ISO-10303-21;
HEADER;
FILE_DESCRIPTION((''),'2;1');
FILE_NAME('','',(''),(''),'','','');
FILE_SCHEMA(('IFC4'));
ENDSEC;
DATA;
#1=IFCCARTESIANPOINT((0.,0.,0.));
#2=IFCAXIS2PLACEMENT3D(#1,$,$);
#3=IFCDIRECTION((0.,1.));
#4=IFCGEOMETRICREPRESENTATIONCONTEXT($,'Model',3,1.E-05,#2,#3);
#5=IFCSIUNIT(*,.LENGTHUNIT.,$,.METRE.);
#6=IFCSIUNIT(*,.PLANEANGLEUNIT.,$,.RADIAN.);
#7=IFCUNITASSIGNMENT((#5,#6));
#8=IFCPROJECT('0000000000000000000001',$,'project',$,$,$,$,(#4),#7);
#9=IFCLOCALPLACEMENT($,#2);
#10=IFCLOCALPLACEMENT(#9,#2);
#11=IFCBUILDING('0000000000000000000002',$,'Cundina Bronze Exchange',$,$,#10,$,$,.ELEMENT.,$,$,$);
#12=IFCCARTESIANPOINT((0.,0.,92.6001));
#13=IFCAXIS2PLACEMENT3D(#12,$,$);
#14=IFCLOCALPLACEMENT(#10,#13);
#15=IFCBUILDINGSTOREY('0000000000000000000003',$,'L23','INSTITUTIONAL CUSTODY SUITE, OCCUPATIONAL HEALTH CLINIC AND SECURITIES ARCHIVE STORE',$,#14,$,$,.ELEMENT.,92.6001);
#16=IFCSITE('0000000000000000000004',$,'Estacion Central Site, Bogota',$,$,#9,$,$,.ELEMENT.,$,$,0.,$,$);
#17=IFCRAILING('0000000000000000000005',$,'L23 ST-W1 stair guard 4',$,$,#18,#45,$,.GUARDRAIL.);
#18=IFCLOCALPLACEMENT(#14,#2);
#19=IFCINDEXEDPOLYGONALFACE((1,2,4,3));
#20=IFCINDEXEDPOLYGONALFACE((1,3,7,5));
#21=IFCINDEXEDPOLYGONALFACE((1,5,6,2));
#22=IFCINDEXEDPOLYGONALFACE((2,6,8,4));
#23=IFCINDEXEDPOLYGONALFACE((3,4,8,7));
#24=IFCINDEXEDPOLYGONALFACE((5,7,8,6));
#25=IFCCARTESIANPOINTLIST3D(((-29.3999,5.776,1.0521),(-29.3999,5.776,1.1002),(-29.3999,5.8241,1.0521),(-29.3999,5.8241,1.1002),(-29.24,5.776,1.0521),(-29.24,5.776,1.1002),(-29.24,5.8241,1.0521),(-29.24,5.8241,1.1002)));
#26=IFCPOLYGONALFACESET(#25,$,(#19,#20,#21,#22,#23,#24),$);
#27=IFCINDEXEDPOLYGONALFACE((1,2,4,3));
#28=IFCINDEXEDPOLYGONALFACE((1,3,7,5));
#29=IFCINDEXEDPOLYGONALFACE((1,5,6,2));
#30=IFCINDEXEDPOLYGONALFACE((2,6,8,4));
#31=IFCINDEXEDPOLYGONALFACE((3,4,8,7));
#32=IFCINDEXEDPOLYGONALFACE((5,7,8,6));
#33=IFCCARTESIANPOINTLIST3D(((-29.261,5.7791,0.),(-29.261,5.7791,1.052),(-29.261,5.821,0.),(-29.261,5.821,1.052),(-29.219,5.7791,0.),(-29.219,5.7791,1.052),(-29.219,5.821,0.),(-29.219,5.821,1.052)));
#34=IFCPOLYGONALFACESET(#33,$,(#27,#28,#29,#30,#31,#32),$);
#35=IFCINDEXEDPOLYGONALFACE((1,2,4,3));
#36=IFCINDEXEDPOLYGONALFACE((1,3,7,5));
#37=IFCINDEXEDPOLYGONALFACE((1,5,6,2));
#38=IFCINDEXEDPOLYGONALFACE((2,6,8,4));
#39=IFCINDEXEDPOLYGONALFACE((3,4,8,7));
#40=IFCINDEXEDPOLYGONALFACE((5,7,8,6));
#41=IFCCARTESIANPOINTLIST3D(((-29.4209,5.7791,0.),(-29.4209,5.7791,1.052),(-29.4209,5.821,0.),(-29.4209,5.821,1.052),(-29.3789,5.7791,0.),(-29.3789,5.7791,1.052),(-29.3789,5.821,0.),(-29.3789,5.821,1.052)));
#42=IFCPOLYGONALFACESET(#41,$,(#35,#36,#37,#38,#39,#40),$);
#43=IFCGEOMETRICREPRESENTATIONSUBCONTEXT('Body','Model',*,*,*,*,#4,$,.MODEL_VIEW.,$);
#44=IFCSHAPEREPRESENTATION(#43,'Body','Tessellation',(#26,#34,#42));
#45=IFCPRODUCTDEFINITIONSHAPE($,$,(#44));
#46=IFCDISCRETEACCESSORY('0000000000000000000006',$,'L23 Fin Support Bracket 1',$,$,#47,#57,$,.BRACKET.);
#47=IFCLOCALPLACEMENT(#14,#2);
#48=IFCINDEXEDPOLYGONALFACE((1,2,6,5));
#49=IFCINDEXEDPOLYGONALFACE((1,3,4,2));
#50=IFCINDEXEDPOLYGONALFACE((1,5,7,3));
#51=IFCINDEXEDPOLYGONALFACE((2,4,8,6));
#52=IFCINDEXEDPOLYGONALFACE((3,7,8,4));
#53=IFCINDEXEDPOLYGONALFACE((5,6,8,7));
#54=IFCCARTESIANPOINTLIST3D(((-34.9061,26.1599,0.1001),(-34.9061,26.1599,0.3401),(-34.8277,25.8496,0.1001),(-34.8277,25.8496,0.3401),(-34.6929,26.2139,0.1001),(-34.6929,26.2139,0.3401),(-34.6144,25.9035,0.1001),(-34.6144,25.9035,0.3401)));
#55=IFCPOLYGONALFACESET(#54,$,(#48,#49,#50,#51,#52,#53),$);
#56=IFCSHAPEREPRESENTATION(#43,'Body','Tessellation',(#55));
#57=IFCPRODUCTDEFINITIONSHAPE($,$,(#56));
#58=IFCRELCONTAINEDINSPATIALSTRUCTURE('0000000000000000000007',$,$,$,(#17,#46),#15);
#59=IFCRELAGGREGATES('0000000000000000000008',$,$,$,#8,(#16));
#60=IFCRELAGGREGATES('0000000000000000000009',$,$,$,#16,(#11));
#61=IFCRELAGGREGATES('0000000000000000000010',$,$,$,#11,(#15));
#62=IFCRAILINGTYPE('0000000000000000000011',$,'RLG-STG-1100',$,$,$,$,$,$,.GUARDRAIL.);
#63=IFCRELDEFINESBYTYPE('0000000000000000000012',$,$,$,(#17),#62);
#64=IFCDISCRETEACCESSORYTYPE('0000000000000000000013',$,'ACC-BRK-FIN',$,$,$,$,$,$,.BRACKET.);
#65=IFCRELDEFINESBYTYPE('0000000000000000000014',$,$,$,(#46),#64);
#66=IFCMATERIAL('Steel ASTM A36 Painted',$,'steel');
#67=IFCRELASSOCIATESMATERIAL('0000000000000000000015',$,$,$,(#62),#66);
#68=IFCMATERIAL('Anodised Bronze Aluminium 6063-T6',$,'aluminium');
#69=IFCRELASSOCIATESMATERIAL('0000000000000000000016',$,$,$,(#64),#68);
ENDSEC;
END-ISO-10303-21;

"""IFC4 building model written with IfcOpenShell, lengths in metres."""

from ifc_helpers import new_model, si_unit, direction, frame, origin, origin_2d, place, context, subcontext, project, spatial, rectangle, extrude, material, type_object, element, save


model = new_model("IFC4")

# Units and contexts
model_context = context("Model", 3, precision=1e-05, world=origin(), true_north=direction((0.0, 1.0)))
body_context = subcontext(model_context, "Body", "Model", "MODEL_VIEW")
ifc_project = project(units=[si_unit("LENGTHUNIT", "METRE"), si_unit("PLANEANGLEUNIT", "RADIAN")], contexts=[model_context])

# Site, building, storey
site_placement = place(None, origin())
site = spatial("IfcSite", under=ifc_project, at=site_placement, Name="Estacion Central Site, Bogota", CompositionType="ELEMENT", RefElevation=0.0)
building_placement = place(site_placement, origin())
building = spatial("IfcBuilding", under=site, at=building_placement, Name="Cundina Bronze Exchange", CompositionType="ELEMENT")
storey_placement = place(building_placement, frame((0.0, 0.0, 92.6001)))
storey = spatial("IfcBuildingStorey", under=building, at=storey_placement, Name="L23", Description="INSTITUTIONAL CUSTODY SUITE, OCCUPATIONAL HEALTH CLINIC AND SECURITIES ARCHIVE STORE", CompositionType="ELEMENT", Elevation=92.6001)

# Shared definitions
ifc_material_1 = material(Name="Anodised Bronze Aluminium 6063-T6", Category="aluminium")

# Shared definitions
ifc_material_2 = material(Name="Steel ASTM A36 Painted", Category="steel")

# Railing
railing_type_1 = type_object("IfcRailingType", Name="RLG-STG-1100", PredefinedType="GUARDRAIL", material=ifc_material_2)
railing_1_placement = place(storey_placement, frame((-29.24, 5.8, 0.0)))
element("IfcRailing", 1, at=railing_1_placement, inside=storey, type_object=railing_type_1, Name="L23 ST-W1 stair guard 4", PredefinedType="GUARDRAIL", context=body_context, shape_type="SweptSolid", body=[
    extrude(rectangle(XDim=0.0481, YDim=0.0481, at=origin_2d()), frame((0.0, 0.0, 1.0762), z_axis=(-1.0, 0.0, 0.0), x_axis=(0.0, -1.0, 0.0)), (0.0, 0.0, 1.0), 0.1599),
    extrude(rectangle(XDim=0.042, YDim=0.042, at=origin_2d()), origin(), (0.0, 0.0, 1.0), 1.052),
    extrude(rectangle(XDim=0.042, YDim=0.042, at=origin_2d()), frame((-0.1599, 0.0, 0.0)), (0.0, 0.0, 1.0), 1.052),
])

# Discrete accessory
discrete_accessory_type = type_object("IfcDiscreteAccessoryType", Name="ACC-BRK-FIN", PredefinedType="BRACKET", material=ifc_material_1)
discrete_accessory_placement = place(storey_placement, frame((-34.7603, 26.0317, 0.1001), z_axis=(0.0, 0.0, 1.0), x_axis=(-0.969488, -0.245138, 0.0)))
element("IfcDiscreteAccessory", 2, at=discrete_accessory_placement, inside=storey, type_object=discrete_accessory_type, Name="L23 Fin Support Bracket 1", PredefinedType="BRACKET", context=body_context, shape_type="SweptSolid", body=[
    extrude(rectangle(XDim=0.22, YDim=0.3201, at=origin_2d()), origin(), (0.0, 0.0, 1.0), 0.24),
])

save(model, "model.ifc")
